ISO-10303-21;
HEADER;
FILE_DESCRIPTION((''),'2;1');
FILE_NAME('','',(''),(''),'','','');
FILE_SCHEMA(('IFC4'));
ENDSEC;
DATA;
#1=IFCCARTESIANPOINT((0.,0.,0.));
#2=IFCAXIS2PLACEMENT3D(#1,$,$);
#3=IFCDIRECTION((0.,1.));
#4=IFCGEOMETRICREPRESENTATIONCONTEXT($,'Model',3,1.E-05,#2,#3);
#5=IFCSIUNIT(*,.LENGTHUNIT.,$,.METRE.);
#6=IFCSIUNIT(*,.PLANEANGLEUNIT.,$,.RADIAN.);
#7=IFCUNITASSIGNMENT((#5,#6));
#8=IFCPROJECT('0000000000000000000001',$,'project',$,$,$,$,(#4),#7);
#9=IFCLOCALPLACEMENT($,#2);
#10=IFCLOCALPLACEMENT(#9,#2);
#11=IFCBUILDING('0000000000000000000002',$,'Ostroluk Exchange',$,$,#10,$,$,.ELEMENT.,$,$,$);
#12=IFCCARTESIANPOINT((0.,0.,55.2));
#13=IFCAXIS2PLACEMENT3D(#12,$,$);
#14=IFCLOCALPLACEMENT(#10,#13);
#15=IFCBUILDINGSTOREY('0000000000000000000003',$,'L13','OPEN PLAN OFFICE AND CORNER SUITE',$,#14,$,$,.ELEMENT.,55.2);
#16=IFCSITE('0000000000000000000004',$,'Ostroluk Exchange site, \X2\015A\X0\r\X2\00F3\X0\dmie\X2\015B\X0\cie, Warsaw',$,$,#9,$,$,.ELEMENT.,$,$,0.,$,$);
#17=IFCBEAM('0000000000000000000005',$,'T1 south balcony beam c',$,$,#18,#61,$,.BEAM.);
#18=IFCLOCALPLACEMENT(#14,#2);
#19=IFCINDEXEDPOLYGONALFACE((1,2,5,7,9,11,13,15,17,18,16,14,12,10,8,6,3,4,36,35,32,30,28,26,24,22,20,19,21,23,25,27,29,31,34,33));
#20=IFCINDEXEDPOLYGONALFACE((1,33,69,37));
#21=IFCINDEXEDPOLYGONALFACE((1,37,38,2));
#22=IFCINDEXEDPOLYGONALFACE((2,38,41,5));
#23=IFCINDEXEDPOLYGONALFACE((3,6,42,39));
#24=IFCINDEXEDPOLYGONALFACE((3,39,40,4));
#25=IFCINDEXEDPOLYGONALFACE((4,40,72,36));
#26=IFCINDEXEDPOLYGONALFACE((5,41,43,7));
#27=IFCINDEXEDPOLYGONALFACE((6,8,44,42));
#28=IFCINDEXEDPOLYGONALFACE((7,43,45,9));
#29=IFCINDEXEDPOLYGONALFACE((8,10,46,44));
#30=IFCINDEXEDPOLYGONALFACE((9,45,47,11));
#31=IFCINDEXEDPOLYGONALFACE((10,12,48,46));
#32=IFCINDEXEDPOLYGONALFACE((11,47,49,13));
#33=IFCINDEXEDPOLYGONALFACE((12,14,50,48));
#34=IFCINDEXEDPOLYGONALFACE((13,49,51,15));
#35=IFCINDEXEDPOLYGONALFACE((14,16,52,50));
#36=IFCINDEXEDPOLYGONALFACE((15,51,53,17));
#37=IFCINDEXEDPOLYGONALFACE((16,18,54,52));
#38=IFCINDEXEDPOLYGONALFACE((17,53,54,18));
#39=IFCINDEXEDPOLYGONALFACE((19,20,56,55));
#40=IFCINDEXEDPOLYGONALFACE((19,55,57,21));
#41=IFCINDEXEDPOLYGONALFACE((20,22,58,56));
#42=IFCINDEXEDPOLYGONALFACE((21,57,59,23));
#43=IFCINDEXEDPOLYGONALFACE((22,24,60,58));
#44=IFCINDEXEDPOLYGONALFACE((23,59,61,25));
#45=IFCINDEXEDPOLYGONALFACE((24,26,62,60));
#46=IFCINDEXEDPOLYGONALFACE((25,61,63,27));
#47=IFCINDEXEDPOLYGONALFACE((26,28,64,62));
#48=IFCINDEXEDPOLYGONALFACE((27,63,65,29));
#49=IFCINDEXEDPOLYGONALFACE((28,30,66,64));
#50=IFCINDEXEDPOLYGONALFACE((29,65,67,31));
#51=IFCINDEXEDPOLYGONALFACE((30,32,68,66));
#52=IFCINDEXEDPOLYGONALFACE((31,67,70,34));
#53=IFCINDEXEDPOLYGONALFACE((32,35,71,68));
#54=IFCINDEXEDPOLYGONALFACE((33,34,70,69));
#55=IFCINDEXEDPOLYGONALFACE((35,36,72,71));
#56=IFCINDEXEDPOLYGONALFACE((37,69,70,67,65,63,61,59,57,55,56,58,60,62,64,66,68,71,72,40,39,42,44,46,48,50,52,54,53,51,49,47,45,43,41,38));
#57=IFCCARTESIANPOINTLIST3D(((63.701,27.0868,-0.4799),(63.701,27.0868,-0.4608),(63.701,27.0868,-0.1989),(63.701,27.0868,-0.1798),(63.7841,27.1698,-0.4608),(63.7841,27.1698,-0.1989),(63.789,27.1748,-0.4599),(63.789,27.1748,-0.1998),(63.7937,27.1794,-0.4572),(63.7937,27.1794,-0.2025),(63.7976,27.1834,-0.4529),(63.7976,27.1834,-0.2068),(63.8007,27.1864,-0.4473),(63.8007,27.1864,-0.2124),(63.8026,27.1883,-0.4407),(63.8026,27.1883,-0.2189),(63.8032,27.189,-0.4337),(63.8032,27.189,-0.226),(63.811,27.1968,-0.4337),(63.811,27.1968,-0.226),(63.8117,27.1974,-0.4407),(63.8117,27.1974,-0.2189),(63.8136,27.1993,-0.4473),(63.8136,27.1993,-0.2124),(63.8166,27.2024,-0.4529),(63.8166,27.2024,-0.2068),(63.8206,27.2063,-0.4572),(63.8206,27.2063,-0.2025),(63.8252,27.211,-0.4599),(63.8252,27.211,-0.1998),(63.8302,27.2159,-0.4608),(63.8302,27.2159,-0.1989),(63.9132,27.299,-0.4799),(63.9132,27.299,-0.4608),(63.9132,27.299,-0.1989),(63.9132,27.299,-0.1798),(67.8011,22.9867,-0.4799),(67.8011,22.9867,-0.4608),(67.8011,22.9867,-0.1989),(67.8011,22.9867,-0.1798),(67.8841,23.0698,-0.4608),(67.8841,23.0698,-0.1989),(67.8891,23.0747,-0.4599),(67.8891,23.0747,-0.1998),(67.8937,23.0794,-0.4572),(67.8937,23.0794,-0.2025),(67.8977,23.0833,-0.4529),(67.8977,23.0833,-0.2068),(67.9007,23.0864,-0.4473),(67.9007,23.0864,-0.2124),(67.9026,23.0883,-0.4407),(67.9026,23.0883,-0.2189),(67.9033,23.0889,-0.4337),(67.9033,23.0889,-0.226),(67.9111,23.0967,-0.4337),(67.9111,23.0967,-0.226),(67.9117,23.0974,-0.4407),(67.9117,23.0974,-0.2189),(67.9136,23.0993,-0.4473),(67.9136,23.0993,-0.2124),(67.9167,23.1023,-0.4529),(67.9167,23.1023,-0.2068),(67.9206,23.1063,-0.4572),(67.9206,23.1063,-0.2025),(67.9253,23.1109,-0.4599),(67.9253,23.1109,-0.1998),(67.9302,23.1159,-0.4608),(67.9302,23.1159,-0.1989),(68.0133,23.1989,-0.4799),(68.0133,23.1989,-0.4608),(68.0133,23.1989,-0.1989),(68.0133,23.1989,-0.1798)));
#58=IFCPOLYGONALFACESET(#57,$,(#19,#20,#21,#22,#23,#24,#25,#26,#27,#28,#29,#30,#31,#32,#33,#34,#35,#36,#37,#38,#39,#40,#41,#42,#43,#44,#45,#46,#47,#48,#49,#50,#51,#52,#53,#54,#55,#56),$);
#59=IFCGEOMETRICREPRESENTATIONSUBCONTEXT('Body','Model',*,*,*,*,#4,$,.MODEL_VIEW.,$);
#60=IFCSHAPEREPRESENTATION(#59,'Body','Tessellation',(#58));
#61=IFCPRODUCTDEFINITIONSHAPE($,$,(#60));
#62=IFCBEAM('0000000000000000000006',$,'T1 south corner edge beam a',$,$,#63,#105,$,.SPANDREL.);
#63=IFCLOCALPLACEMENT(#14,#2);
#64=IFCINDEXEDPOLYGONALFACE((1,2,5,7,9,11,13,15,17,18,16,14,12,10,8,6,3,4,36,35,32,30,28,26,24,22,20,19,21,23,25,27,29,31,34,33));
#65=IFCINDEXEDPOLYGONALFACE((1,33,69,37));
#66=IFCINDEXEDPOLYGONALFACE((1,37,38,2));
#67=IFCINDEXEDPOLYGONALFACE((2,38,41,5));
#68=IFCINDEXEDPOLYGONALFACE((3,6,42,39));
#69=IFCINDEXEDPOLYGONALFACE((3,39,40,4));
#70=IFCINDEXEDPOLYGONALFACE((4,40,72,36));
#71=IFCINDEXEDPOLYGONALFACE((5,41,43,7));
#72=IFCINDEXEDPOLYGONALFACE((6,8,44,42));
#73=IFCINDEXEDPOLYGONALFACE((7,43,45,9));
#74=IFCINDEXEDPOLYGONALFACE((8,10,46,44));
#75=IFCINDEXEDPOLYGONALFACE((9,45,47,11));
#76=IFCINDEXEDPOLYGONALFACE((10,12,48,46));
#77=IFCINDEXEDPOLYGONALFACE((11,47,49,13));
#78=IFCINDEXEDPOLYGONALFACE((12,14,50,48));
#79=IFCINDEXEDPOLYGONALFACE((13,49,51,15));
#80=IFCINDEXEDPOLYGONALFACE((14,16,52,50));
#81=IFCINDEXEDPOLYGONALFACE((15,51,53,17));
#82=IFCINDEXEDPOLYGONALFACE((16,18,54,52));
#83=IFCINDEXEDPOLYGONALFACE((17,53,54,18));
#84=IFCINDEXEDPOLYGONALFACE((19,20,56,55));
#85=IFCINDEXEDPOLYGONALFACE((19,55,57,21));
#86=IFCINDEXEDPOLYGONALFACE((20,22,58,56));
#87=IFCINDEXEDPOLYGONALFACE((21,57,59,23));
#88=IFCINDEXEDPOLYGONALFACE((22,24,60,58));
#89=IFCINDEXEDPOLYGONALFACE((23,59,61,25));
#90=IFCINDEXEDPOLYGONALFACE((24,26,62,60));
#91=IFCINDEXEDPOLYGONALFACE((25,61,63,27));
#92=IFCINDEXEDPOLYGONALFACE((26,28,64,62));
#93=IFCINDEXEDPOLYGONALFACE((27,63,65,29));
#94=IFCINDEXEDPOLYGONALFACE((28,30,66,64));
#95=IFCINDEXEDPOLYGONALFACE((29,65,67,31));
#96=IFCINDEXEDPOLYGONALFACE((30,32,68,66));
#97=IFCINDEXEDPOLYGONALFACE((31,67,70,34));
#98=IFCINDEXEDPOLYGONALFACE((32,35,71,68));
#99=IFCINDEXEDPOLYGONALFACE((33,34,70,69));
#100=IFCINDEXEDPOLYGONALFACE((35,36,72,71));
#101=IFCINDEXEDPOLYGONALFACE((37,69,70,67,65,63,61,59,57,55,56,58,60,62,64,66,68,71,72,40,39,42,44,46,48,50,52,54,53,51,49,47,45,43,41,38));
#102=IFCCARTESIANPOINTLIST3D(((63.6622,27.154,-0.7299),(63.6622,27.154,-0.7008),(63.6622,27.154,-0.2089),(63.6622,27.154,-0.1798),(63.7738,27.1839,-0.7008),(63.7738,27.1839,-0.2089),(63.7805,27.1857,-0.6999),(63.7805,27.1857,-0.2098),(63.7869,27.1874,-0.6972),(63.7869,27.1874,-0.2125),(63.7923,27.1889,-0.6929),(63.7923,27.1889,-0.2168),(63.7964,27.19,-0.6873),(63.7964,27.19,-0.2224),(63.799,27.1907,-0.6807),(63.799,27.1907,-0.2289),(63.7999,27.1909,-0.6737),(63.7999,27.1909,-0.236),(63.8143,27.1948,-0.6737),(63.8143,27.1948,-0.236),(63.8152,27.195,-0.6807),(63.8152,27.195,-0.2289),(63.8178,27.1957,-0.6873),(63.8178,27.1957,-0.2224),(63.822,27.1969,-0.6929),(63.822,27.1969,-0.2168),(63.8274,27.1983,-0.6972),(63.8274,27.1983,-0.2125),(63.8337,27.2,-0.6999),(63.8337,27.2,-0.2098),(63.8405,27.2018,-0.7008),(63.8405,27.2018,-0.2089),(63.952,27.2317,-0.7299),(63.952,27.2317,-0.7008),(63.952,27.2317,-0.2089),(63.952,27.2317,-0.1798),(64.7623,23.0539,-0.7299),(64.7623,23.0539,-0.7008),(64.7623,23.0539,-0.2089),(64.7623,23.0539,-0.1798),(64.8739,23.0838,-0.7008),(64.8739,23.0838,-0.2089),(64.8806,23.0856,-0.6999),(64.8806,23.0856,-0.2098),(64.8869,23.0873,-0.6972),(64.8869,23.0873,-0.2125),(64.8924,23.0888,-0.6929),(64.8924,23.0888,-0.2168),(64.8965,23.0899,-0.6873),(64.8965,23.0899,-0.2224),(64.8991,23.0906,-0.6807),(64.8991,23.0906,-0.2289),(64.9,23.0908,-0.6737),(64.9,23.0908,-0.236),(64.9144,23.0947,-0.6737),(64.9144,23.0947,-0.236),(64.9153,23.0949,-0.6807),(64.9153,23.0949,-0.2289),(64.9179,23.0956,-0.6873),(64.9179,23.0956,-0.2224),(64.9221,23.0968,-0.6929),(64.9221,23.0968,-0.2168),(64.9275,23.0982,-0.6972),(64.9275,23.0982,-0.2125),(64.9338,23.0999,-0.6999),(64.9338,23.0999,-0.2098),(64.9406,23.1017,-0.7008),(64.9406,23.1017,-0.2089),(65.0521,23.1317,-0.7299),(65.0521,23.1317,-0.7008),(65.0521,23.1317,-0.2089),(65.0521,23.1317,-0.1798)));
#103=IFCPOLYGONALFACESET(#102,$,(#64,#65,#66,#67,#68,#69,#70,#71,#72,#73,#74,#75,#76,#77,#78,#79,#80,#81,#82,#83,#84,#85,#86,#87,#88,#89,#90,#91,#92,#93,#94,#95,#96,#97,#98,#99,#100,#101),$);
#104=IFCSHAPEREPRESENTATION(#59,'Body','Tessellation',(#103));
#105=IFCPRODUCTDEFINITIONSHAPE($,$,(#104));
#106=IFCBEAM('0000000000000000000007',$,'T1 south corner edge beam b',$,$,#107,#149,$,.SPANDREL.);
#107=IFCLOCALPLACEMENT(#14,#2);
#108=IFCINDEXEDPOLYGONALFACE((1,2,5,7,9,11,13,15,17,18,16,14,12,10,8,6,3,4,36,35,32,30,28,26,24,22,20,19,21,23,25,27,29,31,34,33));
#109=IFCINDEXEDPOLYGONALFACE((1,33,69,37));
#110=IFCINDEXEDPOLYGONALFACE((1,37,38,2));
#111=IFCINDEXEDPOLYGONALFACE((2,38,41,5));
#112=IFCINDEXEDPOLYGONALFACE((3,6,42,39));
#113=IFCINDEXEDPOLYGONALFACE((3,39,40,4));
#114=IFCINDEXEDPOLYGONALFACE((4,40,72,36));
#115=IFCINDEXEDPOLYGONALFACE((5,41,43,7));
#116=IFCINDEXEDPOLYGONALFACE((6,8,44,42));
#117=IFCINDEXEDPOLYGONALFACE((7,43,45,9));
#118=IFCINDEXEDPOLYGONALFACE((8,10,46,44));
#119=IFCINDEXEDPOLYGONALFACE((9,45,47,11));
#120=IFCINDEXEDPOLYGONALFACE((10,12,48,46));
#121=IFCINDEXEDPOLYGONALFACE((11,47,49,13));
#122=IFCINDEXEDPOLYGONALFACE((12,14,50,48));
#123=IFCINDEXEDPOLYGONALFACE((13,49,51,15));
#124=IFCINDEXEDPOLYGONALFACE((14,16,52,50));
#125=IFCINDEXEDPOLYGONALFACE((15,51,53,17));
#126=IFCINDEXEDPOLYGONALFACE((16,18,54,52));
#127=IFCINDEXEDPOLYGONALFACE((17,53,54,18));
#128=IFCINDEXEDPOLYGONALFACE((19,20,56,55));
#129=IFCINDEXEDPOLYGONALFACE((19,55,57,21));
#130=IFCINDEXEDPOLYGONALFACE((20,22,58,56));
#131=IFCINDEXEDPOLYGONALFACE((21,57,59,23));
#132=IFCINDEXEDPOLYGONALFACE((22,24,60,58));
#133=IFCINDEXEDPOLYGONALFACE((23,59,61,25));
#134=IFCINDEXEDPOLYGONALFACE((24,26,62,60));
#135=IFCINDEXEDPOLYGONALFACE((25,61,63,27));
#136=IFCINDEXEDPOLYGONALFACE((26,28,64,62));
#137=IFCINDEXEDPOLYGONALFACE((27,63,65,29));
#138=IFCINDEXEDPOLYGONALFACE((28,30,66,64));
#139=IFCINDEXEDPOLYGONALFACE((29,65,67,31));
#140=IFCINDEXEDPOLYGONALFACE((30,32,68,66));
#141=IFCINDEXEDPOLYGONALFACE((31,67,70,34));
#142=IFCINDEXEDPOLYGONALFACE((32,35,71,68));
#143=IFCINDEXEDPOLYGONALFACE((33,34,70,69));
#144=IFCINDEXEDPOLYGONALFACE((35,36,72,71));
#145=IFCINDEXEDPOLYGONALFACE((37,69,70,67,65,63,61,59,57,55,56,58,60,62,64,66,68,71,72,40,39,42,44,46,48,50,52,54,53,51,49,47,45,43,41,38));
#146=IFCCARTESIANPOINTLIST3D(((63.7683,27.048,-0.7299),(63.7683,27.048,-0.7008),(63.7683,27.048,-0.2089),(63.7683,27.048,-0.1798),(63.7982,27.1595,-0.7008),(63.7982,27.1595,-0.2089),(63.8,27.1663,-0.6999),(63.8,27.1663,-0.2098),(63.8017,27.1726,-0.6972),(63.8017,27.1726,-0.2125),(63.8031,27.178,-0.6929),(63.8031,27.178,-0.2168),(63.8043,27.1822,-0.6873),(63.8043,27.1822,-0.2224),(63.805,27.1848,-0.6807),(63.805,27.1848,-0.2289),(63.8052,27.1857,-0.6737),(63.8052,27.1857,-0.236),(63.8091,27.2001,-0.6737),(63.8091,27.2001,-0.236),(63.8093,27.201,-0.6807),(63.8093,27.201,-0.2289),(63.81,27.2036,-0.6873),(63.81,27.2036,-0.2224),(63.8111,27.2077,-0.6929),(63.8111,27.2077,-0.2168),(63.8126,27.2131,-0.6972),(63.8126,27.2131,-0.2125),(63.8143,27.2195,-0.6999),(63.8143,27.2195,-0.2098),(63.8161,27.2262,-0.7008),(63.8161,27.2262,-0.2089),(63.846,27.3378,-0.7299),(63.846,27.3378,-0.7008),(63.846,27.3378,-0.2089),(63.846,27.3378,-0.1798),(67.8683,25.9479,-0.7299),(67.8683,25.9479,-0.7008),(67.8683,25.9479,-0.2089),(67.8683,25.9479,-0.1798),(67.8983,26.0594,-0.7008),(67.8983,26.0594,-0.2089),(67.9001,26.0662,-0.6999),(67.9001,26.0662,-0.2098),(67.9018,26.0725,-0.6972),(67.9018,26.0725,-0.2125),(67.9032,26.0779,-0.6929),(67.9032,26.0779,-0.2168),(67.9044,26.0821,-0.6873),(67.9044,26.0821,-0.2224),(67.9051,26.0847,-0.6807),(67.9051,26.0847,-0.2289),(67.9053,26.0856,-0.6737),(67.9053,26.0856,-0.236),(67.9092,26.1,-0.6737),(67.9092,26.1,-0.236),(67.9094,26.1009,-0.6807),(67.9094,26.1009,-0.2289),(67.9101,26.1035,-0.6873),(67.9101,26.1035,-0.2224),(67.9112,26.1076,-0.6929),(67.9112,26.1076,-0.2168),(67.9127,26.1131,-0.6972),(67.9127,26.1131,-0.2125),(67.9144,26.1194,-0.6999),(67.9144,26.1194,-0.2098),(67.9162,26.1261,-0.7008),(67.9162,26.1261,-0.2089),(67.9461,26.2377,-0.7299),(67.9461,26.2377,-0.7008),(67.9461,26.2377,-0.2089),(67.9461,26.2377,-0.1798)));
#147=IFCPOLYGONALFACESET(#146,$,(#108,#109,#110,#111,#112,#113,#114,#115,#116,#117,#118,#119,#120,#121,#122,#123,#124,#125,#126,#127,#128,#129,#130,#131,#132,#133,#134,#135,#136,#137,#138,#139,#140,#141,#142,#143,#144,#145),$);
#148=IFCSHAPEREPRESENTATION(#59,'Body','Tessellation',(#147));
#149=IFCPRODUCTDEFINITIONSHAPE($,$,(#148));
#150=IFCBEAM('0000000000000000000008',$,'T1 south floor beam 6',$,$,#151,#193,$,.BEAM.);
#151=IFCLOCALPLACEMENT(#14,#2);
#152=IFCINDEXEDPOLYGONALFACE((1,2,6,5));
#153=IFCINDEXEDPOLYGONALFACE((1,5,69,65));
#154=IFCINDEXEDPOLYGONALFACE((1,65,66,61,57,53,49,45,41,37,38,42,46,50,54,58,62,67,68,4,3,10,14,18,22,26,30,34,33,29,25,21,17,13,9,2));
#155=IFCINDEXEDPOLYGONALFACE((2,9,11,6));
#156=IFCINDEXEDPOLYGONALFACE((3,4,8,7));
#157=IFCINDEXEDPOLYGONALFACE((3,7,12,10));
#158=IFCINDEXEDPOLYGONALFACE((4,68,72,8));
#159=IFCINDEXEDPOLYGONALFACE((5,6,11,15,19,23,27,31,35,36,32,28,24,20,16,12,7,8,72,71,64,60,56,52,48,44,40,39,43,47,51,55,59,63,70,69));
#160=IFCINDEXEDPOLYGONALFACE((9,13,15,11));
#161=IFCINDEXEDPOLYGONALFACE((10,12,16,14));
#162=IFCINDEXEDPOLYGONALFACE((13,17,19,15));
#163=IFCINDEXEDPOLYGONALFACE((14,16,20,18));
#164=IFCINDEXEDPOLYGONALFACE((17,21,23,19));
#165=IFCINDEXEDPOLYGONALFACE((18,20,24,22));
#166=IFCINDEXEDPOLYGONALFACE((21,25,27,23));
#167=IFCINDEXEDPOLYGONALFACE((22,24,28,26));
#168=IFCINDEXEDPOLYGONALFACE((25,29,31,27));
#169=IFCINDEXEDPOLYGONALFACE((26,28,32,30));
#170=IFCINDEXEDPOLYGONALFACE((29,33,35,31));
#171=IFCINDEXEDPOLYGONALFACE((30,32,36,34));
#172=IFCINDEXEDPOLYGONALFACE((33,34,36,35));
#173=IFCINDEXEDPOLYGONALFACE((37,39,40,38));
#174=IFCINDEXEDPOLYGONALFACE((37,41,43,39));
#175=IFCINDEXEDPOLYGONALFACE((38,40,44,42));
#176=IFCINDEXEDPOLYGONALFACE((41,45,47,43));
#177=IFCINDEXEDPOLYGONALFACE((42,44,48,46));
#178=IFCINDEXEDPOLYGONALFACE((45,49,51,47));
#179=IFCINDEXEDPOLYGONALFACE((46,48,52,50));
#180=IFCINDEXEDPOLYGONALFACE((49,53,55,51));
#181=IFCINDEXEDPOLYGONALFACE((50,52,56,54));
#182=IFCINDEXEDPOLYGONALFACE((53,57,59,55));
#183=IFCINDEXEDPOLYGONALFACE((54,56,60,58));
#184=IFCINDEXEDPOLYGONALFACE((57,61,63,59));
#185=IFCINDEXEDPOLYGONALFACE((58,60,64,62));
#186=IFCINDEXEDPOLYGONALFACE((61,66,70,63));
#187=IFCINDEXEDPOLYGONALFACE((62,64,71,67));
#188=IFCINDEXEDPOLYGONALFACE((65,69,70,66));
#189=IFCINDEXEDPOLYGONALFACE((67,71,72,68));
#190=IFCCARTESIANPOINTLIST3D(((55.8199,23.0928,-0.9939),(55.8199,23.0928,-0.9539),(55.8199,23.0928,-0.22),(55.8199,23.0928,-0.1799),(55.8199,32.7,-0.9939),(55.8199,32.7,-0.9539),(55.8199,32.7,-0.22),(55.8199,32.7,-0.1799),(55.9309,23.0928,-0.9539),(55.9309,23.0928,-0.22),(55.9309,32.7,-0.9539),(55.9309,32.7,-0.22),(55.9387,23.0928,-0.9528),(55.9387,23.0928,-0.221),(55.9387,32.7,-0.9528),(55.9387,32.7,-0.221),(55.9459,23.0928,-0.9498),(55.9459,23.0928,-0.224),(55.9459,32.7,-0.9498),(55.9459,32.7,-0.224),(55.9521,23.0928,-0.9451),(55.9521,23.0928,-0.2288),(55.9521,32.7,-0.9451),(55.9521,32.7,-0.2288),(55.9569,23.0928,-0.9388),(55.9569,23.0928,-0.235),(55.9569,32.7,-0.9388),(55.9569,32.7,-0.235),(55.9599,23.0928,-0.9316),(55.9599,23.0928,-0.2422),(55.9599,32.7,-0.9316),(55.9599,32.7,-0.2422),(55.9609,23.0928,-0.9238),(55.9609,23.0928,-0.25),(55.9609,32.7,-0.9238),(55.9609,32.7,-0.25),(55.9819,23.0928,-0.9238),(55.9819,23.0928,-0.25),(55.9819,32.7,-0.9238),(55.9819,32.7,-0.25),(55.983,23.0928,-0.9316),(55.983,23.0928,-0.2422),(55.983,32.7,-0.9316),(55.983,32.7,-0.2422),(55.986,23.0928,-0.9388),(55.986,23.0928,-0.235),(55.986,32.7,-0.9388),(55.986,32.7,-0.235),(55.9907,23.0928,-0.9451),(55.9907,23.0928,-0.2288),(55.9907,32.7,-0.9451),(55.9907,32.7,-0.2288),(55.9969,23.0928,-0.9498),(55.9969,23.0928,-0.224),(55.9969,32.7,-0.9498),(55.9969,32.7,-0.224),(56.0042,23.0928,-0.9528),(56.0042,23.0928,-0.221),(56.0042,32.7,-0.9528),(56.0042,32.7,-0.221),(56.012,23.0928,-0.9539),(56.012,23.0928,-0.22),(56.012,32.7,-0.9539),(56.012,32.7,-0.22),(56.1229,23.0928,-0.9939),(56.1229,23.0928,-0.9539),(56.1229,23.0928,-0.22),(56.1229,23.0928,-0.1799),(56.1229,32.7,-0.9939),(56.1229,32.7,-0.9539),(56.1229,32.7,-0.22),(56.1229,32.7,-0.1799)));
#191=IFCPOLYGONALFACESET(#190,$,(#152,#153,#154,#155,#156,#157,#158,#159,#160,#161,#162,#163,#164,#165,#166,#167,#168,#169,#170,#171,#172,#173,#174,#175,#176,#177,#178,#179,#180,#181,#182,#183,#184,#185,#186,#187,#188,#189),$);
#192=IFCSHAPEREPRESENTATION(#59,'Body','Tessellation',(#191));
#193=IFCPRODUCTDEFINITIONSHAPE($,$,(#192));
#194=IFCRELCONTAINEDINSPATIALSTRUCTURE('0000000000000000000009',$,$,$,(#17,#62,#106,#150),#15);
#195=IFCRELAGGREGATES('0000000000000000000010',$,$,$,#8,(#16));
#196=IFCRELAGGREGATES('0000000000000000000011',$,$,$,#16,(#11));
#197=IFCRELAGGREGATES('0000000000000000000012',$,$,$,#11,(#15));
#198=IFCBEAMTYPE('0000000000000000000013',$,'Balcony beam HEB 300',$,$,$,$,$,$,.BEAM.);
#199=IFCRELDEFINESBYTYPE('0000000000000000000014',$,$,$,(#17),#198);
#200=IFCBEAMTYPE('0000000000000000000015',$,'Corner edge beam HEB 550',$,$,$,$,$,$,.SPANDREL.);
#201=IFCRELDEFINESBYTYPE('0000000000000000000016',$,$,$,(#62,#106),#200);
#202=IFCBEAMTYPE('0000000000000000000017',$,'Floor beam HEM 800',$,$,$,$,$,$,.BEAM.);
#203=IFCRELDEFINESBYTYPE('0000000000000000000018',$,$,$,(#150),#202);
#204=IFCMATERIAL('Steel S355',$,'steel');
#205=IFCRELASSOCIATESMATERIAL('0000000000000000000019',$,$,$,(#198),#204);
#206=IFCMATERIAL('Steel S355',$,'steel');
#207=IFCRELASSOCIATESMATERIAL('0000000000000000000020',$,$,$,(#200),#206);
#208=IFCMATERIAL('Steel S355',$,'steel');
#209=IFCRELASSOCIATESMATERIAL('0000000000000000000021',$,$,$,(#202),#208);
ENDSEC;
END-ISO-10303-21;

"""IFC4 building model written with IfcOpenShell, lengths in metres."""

from ifc_helpers import new_model, si_unit, direction, frame, origin, origin_2d, place, context, subcontext, project, spatial, i_section, extrude, material, material_profile, profile_set, type_object, element, save


model = new_model("IFC4")

# Units and contexts
model_context = context("Model", 3, precision=1e-05, world=origin(), true_north=direction((0.0, 1.0)))
body_context = subcontext(model_context, "Body", "Model", "MODEL_VIEW")
ifc_project = project(units=[si_unit("LENGTHUNIT", "METRE"), si_unit("PLANEANGLEUNIT", "RADIAN")], contexts=[model_context])

# Site, building, storey
site_placement = place(None, origin())
site = spatial("IfcSite", under=ifc_project, at=site_placement, Name="Ostroluk Exchange site, Śródmieście, Warsaw", CompositionType="ELEMENT", RefElevation=0.0)
building_placement = place(site_placement, origin())
building = spatial("IfcBuilding", under=site, at=building_placement, Name="Ostroluk Exchange", CompositionType="ELEMENT")
storey_placement = place(building_placement, frame((0.0, 0.0, 55.2)))
storey = spatial("IfcBuildingStorey", under=building, at=storey_placement, Name="L13", Description="OPEN PLAN OFFICE AND CORNER SUITE", CompositionType="ELEMENT", Elevation=55.2)

# Beams
ifc_material_1 = material(Name="Steel S355", Category="steel")
ifc_material_profile_1 = material_profile(ifc_material_1, i_section(OverallWidth=0.3, OverallDepth=0.3, WebThickness=0.011, FlangeThickness=0.019, FilletRadius=0.0271, at=origin_2d()), Name="HEB 300")
ifc_profile_set_1 = profile_set([ifc_material_profile_1], Name="Steel S355")
beam_type_1 = type_object("IfcBeamType", Name="Balcony beam HEB 300", PredefinedType="BEAM", material=ifc_profile_set_1)
beam_1_placement = place(storey_placement, frame((63.8071, 27.1929, -0.3298), z_axis=(0.707107, -0.707107, 0.0), x_axis=(0.707107, 0.707107, 0.0)))
element("IfcBeam", 1, at=beam_1_placement, inside=storey, type_object=beam_type_1, Name="T1 south balcony beam c", PredefinedType="BEAM", context=body_context, shape_type="SweptSolid", body=[
    extrude(i_section(OverallWidth=0.3, OverallDepth=0.3, WebThickness=0.011, FlangeThickness=0.019, FilletRadius=0.0271, at=origin_2d()), origin(), (0.0, 0.0, 1.0), 5.7983),
])
ifc_material_2 = material(Name="Steel S355", Category="steel")
ifc_material_profile_2 = material_profile(ifc_material_2, i_section(OverallWidth=0.3, OverallDepth=0.55, WebThickness=0.0149, FlangeThickness=0.0291, FilletRadius=0.0271, at=origin_2d()), Name="HEB 550")
ifc_profile_set_2 = profile_set([ifc_material_profile_2], Name="Steel S355")
beam_type_2 = type_object("IfcBeamType", Name="Corner edge beam HEB 550", PredefinedType="SPANDREL", material=ifc_profile_set_2)
for number, where, z_axis, x_axis, name in (
    (2, (63.8071, 27.1929, -0.4548), (0.259144, -0.965839, 0.0), (0.965839, 0.259144, 0.0), "T1 south corner edge beam a"),
    (3, (63.8071, 27.1929, -0.4548), (0.965839, -0.259144, 0.0), (0.259144, 0.965839, 0.0), "T1 south corner edge beam b"),
):
    element("IfcBeam", number, at=place(storey_placement, frame(where, z_axis=z_axis, x_axis=x_axis)), inside=storey, type_object=beam_type_2, Name=name, PredefinedType="SPANDREL", context=body_context, shape_type="SweptSolid", body=[
        extrude(i_section(OverallWidth=0.3, OverallDepth=0.55, WebThickness=0.0149, FlangeThickness=0.0291, FilletRadius=0.0271, at=origin_2d()), origin(), (0.0, 0.0, 1.0), 4.2451),
    ])
ifc_material_3 = material(Name="Steel S355", Category="steel")
ifc_material_profile_3 = material_profile(ifc_material_3, i_section(OverallWidth=0.303, OverallDepth=0.814, WebThickness=0.021, FlangeThickness=0.04, FilletRadius=0.03, at=origin_2d()), Name="HEM 800")
ifc_profile_set_3 = profile_set([ifc_material_profile_3], Name="Steel S355")
beam_type_3 = type_object("IfcBeamType", Name="Floor beam HEM 800", PredefinedType="BEAM", material=ifc_profile_set_3)
beam_2_placement = place(storey_placement, frame((55.9714, 32.7, -0.5869), z_axis=(0.0, -1.0, 0.0), x_axis=(1.0, 0.0, 0.0)))
element("IfcBeam", 4, at=beam_2_placement, inside=storey, type_object=beam_type_3, Name="T1 south floor beam 6", PredefinedType="BEAM", context=body_context, shape_type="SweptSolid", body=[
    extrude(i_section(OverallWidth=0.303, OverallDepth=0.814, WebThickness=0.021, FlangeThickness=0.04, FilletRadius=0.03, at=origin_2d()), origin(), (0.0, 0.0, 1.0), 9.6072),
])

save(model, "model.ifc")
